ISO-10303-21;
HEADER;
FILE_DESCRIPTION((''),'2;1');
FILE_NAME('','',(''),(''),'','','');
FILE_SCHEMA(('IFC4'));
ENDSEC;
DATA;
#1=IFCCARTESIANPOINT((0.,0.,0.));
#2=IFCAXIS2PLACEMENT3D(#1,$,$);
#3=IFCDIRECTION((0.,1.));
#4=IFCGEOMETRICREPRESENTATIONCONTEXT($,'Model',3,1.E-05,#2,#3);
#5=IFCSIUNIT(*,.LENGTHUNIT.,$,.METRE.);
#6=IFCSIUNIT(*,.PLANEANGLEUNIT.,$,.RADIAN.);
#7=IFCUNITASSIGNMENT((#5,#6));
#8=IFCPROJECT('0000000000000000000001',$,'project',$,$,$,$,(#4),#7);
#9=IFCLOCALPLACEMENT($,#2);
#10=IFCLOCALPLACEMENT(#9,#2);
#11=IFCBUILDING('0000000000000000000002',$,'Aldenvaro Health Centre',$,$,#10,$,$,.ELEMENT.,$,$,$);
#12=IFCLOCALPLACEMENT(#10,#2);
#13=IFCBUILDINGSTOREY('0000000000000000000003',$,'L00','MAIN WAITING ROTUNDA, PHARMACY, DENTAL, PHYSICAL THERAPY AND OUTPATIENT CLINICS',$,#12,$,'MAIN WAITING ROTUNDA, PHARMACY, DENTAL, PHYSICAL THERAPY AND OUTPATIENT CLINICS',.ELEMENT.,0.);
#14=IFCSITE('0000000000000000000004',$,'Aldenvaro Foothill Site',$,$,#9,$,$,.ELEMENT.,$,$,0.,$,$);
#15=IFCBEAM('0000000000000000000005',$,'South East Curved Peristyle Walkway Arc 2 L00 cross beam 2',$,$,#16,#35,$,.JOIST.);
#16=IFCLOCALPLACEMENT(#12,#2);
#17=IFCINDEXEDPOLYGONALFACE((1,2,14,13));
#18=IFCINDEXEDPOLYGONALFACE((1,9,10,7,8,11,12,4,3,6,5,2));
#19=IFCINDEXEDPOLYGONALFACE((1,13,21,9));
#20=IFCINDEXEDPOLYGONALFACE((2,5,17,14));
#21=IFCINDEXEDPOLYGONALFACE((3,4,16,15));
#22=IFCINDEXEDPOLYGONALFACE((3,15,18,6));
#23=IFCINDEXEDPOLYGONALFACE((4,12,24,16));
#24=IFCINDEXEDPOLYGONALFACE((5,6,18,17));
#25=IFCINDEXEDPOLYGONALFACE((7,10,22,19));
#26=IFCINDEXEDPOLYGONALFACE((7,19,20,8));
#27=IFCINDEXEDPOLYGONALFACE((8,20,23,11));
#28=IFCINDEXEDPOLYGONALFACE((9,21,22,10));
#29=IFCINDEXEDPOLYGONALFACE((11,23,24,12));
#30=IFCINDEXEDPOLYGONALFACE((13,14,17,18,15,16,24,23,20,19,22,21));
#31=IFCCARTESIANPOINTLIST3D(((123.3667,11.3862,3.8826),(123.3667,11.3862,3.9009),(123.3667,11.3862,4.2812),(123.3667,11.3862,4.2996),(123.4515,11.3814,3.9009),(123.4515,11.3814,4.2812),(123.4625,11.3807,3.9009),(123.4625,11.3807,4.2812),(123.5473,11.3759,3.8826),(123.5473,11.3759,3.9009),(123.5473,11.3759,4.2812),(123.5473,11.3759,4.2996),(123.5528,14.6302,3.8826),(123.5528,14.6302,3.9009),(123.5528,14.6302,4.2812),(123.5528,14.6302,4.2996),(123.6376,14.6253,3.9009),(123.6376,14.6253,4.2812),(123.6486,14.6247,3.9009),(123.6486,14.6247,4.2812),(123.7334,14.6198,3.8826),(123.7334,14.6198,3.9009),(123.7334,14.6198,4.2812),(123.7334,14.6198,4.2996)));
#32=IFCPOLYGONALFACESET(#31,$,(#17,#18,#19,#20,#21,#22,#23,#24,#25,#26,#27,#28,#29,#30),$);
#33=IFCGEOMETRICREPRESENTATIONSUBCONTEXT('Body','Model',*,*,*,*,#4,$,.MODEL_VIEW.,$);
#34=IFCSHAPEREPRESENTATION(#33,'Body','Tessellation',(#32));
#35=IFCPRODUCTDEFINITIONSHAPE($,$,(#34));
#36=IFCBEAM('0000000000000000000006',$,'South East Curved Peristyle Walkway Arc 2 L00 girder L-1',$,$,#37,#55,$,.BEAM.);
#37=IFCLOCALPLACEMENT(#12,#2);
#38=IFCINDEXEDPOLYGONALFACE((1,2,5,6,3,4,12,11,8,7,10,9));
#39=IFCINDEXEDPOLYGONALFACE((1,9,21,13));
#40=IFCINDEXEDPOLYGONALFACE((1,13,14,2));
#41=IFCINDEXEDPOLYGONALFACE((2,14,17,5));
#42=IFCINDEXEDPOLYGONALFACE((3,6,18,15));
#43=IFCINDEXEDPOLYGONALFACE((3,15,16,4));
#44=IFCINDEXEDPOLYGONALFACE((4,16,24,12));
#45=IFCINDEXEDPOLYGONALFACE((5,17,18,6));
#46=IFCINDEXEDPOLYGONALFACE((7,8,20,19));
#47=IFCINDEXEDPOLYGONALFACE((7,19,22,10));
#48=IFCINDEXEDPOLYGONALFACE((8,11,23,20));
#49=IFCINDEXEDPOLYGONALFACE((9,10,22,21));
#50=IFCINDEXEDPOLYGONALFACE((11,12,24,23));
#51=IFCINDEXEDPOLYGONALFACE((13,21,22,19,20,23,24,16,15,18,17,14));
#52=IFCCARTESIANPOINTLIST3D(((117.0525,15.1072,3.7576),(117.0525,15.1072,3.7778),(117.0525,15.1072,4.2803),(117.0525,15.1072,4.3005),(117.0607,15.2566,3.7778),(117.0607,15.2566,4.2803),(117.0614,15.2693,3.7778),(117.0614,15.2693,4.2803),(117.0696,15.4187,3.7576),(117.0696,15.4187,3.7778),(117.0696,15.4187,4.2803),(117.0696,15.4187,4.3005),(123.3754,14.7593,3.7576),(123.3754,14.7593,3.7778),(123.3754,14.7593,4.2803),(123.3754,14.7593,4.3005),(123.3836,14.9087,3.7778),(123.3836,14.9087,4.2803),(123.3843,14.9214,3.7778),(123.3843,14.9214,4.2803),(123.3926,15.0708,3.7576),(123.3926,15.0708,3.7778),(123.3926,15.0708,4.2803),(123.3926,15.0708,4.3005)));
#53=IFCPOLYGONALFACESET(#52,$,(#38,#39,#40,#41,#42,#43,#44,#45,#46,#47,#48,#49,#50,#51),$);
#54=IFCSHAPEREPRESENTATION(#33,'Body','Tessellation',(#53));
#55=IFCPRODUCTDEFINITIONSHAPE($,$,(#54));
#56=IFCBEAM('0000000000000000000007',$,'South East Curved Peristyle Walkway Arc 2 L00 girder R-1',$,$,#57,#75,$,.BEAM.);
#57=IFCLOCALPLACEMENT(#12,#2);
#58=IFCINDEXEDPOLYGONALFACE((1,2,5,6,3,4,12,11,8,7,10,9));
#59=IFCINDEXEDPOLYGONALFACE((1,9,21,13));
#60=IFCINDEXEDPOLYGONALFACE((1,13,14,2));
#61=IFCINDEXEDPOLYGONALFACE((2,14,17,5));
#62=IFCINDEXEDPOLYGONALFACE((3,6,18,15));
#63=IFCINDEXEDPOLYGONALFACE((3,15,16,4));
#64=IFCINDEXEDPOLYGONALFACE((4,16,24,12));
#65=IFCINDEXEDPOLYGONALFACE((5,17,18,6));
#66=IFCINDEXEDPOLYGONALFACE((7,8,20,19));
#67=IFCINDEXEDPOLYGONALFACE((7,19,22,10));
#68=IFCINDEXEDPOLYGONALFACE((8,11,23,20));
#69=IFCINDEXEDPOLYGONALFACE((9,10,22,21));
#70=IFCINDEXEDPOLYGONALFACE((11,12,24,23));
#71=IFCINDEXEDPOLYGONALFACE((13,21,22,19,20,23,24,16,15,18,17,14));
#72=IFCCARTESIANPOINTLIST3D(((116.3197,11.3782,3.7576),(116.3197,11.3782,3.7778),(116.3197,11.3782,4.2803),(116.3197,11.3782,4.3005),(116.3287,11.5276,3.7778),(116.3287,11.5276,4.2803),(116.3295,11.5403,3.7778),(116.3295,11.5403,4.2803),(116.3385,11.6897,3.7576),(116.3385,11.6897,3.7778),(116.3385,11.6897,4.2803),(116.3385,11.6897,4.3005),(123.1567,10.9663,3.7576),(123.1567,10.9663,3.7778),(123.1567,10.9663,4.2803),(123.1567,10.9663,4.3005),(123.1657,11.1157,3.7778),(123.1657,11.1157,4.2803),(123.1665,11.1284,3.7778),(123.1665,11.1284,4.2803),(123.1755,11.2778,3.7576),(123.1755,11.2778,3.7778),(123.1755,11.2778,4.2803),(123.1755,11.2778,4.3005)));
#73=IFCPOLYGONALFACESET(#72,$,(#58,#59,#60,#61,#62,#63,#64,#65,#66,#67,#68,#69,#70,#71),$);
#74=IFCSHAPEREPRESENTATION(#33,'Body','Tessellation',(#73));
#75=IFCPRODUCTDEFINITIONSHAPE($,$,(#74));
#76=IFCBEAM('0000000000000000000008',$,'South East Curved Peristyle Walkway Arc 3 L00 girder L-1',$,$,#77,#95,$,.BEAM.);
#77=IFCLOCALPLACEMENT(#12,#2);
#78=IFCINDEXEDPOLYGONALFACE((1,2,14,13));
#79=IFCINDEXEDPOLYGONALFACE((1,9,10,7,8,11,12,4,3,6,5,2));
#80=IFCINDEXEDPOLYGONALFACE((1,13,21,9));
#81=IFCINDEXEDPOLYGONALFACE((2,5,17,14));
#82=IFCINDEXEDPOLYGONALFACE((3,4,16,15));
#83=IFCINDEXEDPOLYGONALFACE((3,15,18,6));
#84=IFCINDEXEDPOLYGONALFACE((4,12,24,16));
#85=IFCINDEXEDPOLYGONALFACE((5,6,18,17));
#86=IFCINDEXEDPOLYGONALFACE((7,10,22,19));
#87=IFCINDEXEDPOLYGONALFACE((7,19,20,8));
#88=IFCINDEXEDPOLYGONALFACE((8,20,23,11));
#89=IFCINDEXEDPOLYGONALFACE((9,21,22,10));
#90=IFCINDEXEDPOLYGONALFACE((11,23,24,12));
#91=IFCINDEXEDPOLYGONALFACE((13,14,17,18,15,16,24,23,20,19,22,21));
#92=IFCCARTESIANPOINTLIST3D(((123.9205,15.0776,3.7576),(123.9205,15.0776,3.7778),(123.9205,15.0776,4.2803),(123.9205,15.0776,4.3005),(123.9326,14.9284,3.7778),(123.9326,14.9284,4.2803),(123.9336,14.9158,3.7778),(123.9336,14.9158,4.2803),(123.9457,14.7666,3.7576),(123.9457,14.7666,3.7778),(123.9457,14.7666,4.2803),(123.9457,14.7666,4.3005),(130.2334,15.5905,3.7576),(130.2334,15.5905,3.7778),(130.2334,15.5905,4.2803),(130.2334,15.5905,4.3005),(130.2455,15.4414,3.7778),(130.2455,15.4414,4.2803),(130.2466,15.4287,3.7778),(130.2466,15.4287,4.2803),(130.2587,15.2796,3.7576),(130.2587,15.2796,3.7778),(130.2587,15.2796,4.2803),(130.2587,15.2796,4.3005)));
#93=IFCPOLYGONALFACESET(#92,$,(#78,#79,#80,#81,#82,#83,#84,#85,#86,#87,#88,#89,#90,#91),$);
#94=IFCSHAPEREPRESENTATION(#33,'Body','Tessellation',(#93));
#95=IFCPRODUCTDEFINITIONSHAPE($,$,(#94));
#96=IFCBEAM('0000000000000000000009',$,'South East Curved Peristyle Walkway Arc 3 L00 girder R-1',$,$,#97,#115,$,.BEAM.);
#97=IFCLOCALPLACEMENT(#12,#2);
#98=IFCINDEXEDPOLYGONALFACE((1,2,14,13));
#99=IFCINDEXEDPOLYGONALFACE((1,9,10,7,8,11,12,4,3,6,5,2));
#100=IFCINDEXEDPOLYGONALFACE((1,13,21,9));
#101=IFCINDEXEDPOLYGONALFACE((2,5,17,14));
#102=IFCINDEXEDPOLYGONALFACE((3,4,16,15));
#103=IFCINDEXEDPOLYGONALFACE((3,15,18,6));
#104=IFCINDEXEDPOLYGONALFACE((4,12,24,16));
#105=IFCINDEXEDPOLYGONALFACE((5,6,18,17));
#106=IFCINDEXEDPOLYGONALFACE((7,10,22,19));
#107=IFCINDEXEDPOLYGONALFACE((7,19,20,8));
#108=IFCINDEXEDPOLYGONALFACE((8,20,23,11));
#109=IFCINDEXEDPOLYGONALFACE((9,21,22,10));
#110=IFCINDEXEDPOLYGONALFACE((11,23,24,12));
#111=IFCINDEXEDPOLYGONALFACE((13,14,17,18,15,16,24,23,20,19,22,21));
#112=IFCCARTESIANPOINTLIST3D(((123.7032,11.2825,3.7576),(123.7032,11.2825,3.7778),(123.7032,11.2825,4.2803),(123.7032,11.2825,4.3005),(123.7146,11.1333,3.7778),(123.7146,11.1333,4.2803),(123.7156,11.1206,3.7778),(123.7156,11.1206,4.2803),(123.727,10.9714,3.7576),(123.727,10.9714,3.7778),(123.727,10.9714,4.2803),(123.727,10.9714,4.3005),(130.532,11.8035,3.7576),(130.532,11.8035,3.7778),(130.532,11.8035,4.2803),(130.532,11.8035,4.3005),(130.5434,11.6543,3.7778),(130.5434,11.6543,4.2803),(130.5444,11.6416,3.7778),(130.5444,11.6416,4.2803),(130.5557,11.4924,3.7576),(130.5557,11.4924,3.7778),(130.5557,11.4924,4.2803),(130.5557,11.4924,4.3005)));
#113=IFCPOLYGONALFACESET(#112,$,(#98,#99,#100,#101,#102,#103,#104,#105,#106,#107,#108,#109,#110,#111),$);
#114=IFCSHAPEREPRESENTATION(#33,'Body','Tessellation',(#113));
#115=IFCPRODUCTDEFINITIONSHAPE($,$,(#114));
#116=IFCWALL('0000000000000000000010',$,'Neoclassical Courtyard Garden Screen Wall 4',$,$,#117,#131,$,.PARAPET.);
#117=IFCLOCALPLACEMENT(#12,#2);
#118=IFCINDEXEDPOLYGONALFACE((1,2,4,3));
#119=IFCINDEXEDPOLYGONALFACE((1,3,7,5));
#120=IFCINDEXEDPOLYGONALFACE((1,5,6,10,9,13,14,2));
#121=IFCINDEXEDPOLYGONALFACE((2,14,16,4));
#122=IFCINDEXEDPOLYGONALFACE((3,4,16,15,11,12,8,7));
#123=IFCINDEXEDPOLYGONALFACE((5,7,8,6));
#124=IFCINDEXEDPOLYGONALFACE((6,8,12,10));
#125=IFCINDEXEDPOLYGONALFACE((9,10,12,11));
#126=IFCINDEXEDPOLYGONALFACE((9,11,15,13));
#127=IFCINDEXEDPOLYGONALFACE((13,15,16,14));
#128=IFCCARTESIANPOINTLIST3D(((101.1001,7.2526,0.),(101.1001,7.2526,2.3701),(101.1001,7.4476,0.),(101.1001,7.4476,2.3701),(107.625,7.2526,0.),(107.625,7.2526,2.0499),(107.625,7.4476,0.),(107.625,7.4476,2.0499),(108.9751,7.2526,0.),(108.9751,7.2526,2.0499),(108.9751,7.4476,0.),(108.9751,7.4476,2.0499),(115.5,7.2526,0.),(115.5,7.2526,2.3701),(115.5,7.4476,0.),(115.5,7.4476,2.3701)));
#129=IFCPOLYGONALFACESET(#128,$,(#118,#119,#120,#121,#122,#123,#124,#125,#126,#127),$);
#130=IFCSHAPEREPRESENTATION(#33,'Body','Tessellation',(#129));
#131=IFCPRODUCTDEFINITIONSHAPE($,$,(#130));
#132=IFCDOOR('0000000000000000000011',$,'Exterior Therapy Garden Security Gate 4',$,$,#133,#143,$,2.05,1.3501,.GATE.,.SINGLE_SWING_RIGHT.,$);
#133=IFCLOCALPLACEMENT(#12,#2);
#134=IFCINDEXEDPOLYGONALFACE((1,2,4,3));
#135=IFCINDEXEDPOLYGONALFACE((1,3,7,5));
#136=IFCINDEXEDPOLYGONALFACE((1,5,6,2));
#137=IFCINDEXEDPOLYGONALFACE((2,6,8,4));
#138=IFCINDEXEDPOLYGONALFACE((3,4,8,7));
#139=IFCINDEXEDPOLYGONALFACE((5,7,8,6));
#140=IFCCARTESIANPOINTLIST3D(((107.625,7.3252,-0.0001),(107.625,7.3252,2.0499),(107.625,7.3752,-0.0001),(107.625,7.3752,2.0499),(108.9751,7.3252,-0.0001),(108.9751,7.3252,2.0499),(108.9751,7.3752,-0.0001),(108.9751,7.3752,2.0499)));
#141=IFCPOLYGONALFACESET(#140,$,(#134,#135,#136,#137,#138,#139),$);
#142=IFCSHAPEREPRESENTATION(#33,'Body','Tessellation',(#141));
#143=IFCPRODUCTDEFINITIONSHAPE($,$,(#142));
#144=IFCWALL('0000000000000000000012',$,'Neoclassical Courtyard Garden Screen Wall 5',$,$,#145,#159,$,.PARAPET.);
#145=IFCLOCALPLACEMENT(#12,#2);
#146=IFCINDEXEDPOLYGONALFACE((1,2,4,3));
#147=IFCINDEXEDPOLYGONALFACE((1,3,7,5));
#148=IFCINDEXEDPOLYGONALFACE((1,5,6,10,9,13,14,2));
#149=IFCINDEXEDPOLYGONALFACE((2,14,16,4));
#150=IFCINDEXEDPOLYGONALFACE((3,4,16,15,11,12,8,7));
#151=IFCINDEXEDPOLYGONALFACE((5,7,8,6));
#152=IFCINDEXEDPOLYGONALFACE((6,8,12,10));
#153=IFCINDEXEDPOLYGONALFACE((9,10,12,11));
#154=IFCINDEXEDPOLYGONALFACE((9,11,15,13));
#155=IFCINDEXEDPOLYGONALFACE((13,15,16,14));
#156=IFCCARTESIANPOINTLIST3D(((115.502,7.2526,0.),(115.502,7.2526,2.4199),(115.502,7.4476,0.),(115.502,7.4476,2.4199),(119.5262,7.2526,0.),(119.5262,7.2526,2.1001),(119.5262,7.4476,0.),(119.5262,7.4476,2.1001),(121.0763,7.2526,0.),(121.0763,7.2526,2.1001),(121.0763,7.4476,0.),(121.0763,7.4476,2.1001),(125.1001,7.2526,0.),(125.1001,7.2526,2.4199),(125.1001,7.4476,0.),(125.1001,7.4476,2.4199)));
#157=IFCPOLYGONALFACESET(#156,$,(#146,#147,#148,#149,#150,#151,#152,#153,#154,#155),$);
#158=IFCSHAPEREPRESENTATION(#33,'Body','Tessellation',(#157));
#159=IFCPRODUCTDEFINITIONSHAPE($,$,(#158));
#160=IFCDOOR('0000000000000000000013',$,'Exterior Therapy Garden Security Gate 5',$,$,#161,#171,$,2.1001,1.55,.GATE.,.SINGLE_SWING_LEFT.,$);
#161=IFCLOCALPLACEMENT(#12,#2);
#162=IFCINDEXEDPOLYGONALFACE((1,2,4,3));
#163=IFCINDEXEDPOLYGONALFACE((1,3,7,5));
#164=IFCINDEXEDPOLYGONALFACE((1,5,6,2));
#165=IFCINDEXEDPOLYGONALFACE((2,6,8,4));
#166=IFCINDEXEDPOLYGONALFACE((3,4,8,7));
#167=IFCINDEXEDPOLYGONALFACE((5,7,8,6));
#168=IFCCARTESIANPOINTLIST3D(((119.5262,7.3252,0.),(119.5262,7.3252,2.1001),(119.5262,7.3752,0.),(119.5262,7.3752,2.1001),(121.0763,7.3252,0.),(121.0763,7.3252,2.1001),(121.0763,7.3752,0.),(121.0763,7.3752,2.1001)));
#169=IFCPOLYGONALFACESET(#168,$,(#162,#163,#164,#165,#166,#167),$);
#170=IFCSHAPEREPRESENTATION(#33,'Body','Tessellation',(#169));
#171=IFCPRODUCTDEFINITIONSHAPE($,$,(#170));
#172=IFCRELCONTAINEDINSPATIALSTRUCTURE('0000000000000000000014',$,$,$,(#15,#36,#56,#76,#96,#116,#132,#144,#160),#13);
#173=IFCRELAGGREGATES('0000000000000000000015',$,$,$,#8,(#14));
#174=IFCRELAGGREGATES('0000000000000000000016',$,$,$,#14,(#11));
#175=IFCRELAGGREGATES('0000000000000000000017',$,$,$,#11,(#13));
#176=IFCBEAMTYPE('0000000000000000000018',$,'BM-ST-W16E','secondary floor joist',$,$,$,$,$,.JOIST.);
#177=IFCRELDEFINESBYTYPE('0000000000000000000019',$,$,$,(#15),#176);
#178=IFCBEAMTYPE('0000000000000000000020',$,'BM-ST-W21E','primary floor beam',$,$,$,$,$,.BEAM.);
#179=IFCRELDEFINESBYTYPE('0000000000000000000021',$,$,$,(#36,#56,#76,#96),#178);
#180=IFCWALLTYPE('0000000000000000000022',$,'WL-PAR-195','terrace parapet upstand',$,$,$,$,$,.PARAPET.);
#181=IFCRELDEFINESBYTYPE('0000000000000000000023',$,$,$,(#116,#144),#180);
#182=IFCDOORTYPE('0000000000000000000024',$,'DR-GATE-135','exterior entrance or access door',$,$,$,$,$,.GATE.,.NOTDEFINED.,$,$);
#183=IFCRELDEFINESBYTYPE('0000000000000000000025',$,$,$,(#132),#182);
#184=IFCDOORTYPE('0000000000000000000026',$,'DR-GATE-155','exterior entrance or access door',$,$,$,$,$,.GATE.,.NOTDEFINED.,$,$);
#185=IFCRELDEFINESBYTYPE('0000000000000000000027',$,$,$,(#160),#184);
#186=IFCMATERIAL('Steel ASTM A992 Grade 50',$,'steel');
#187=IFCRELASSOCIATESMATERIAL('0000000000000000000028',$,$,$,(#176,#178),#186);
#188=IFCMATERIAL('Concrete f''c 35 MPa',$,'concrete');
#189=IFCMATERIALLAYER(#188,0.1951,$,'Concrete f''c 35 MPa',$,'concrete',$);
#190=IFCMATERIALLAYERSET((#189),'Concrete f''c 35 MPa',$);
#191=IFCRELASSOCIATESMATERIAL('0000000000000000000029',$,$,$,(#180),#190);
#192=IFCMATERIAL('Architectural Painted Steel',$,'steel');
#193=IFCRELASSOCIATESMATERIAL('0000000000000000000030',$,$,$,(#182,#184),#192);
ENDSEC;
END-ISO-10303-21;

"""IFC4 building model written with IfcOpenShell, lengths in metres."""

from ifc_helpers import new_model, si_unit, direction, frame, frame_2d, origin, origin_2d, place, context, subcontext, project, spatial, rectangle, i_section, extrude, material, layer, layer_set, material_profile, profile_set, type_object, element, fill, save


model = new_model("IFC4")

# Units and contexts
model_context = context("Model", 3, precision=1e-05, world=origin(), true_north=direction((0.0, 1.0)))
body_context = subcontext(model_context, "Body", "Model", "MODEL_VIEW")
ifc_project = project(units=[si_unit("LENGTHUNIT", "METRE"), si_unit("PLANEANGLEUNIT", "RADIAN")], contexts=[model_context])

# Site, building, storey
site_placement = place(None, origin())
site = spatial("IfcSite", under=ifc_project, at=site_placement, Name="Aldenvaro Foothill Site", CompositionType="ELEMENT", RefElevation=0.0)
building_placement = place(site_placement, origin())
building = spatial("IfcBuilding", under=site, at=building_placement, Name="Aldenvaro Health Centre", CompositionType="ELEMENT")
storey_placement = place(building_placement, origin())
storey = spatial("IfcBuildingStorey", under=building, at=storey_placement, Name="L00", Description="MAIN WAITING ROTUNDA, PHARMACY, DENTAL, PHYSICAL THERAPY AND OUTPATIENT CLINICS", LongName="MAIN WAITING ROTUNDA, PHARMACY, DENTAL, PHYSICAL THERAPY AND OUTPATIENT CLINICS", CompositionType="ELEMENT", Elevation=0.0)

# Beams
ifc_material_1 = material(Name="Steel ASTM A992 Grade 50", Category="steel")
ifc_material_profile_1 = material_profile(ifc_material_1, i_section(OverallWidth=0.1809, OverallDepth=0.417, WebThickness=0.011, FlangeThickness=0.0183, at=origin_2d()), Name="W16X57", Category="steel")
ifc_profile_set_1 = profile_set([ifc_material_profile_1], Name="Steel ASTM A992 Grade 50")
beam_type_1 = type_object("IfcBeamType", Name="BM-ST-W16E", Description="secondary floor joist", PredefinedType="JOIST", material=ifc_profile_set_1)
beam_1_placement = place(storey_placement, frame((123.6431, 14.625, 4.0911), z_axis=(-0.057255, -0.99836, 0.0), x_axis=(0.99836, -0.057255, 0.0)))
element("IfcBeam", 1, at=beam_1_placement, inside=storey, type_object=beam_type_1, Name="South East Curved Peristyle Walkway Arc 2 L00 cross beam 2", PredefinedType="JOIST", context=body_context, shape_type="SweptSolid", body=[
    extrude(i_section(OverallWidth=0.1809, OverallDepth=0.417, WebThickness=0.011, FlangeThickness=0.0183, at=origin_2d()), origin(), (0.0, 0.0, 1.0), 3.2493),
])
ifc_material_profile_2 = material_profile(ifc_material_1, i_section(OverallWidth=0.312, OverallDepth=0.543, WebThickness=0.0127, FlangeThickness=0.0203, at=origin_2d()), Name="W21X101", Category="steel")
ifc_profile_set_2 = profile_set([ifc_material_profile_2], Name="Steel ASTM A992 Grade 50")
beam_type_2 = type_object("IfcBeamType", Name="BM-ST-W21E", Description="primary floor beam", PredefinedType="BEAM", material=ifc_profile_set_2)
beam_2_placement = place(storey_placement, frame((117.061, 15.2629, 4.0291), z_axis=(0.99849, -0.054938, 0.0), x_axis=(0.054938, 0.99849, 0.0)))
element("IfcBeam", 2, at=beam_2_placement, inside=storey, type_object=beam_type_2, Name="South East Curved Peristyle Walkway Arc 2 L00 girder L-1", PredefinedType="BEAM", context=body_context, shape_type="SweptSolid", body=[
    extrude(i_section(OverallWidth=0.312, OverallDepth=0.543, WebThickness=0.0127, FlangeThickness=0.0203, at=origin_2d()), origin(), (0.0, 0.0, 1.0), 6.3325),
])
beam_3_placement = place(storey_placement, frame((116.3291, 11.5339, 4.0291), z_axis=(0.99819, -0.060132, 0.0), x_axis=(0.060132, 0.99819, 0.0)))
element("IfcBeam", 3, at=beam_3_placement, inside=storey, type_object=beam_type_2, Name="South East Curved Peristyle Walkway Arc 2 L00 girder R-1", PredefinedType="BEAM", context=body_context, shape_type="SweptSolid", body=[
    extrude(i_section(OverallWidth=0.312, OverallDepth=0.543, WebThickness=0.0127, FlangeThickness=0.0203, at=origin_2d()), origin(), (0.0, 0.0, 1.0), 6.8494),
])
beam_4_placement = place(storey_placement, frame((123.9331, 14.9221, 4.0291), z_axis=(0.996715, 0.080985, 0.0), x_axis=(-0.080985, 0.996715, 0.0)))
element("IfcBeam", 4, at=beam_4_placement, inside=storey, type_object=beam_type_2, Name="South East Curved Peristyle Walkway Arc 3 L00 girder L-1", PredefinedType="BEAM", context=body_context, shape_type="SweptSolid", body=[
    extrude(i_section(OverallWidth=0.312, OverallDepth=0.543, WebThickness=0.0127, FlangeThickness=0.0203, at=origin_2d()), origin(), (0.0, 0.0, 1.0), 6.3337),
])
beam_5_placement = place(storey_placement, frame((123.7151, 11.127, 4.0291), z_axis=(0.997102, 0.076072, 0.0), x_axis=(-0.076072, 0.997102, 0.0)))
element("IfcBeam", 5, at=beam_5_placement, inside=storey, type_object=beam_type_2, Name="South East Curved Peristyle Walkway Arc 3 L00 girder R-1", PredefinedType="BEAM", context=body_context, shape_type="SweptSolid", body=[
    extrude(i_section(OverallWidth=0.312, OverallDepth=0.543, WebThickness=0.0127, FlangeThickness=0.0203, at=origin_2d()), origin(), (0.0, 0.0, 1.0), 6.8486),
])

# Walls, openings, doors
ifc_material_2 = material(Name="Concrete f'c 35 MPa", Category="concrete")
ifc_layer_1 = layer(ifc_material_2, 0.1951, Name="Concrete f'c 35 MPa", Category="concrete")
ifc_layer_set_1 = layer_set([ifc_layer_1], Name="Concrete f'c 35 MPa")
wall_type = type_object("IfcWallType", Name="WL-PAR-195", Description="terrace parapet upstand", PredefinedType="PARAPET", material=ifc_layer_set_1)
wall_1_placement = place(storey_placement, frame((115.5, 7.3501, 0.0), z_axis=(0.0, 0.0, 1.0), x_axis=(-1.0, 0.0, 0.0)))
wall_1 = element("IfcWall", 6, at=wall_1_placement, inside=storey, type_object=wall_type, Name="Neoclassical Courtyard Garden Screen Wall 4", PredefinedType="PARAPET", context=body_context, shape_type="SweptSolid", body=[
    extrude(rectangle(XDim=14.3999, YDim=0.1951, at=frame_2d((7.2, 0.0))), origin(), (0.0, 0.0, 1.0), 2.3701),
])
opening_1_placement = place(wall_1_placement, frame((6.5249, 0.0, 0.0)))
opening_1 = element("IfcOpeningElement", 7, at=opening_1_placement, cuts=wall_1, PredefinedType="OPENING", context=body_context, shape_type="SweptSolid", body=[
    extrude(rectangle(XDim=1.3501, YDim=2.05, at=frame_2d((0.675, 1.0249))), frame((0.0, 0.1074, 0.0), z_axis=(0.0, -1.0, 0.0), x_axis=(1.0, 0.0, 0.0)), (0.0, 0.0, 1.0), 0.2151),
])
ifc_material_3 = material(Name="Architectural Painted Steel", Category="steel")
door_type_1 = type_object("IfcDoorType", Name="DR-GATE-135", Description="exterior entrance or access door", OperationType="NOTDEFINED", PredefinedType="GATE", material=ifc_material_3)
door_1_placement = place(opening_1_placement, origin())
door_1 = element("IfcDoor", 8, at=door_1_placement, inside=storey, type_object=door_type_1, Name="Exterior Therapy Garden Security Gate 4", OperationType="SINGLE_SWING_RIGHT", OverallHeight=2.05, OverallWidth=1.3501, PredefinedType="GATE", context=body_context, shape_type="SweptSolid", body=[
    extrude(rectangle(XDim=1.3501, YDim=2.05, at=frame_2d((0.675, 1.0249))), frame((0.0, 0.0249, 0.0), z_axis=(0.0, -1.0, 0.0), x_axis=(1.0, 0.0, 0.0)), (0.0, 0.0, 1.0), 0.05),
])
fill(opening_1, door_1)
wall_2_placement = place(storey_placement, frame((125.1001, 7.3501, 0.0), z_axis=(0.0, 0.0, 1.0), x_axis=(-1.0, 0.0, 0.0)))
wall_2 = element("IfcWall", 9, at=wall_2_placement, inside=storey, type_object=wall_type, Name="Neoclassical Courtyard Garden Screen Wall 5", PredefinedType="PARAPET", context=body_context, shape_type="SweptSolid", body=[
    extrude(rectangle(XDim=9.5981, YDim=0.1951, at=frame_2d((4.7991, 0.0))), origin(), (0.0, 0.0, 1.0), 2.4199),
])
opening_2_placement = place(wall_2_placement, frame((4.0239, 0.0, 0.0)))
opening_2 = element("IfcOpeningElement", 10, at=opening_2_placement, cuts=wall_2, PredefinedType="OPENING", context=body_context, shape_type="SweptSolid", body=[
    extrude(rectangle(XDim=1.55, YDim=2.1001, at=frame_2d((0.7749, 1.05))), frame((0.0, 0.1074, 0.0), z_axis=(0.0, -1.0, 0.0), x_axis=(1.0, 0.0, 0.0)), (0.0, 0.0, 1.0), 0.2151),
])
door_type_2 = type_object("IfcDoorType", Name="DR-GATE-155", Description="exterior entrance or access door", OperationType="NOTDEFINED", PredefinedType="GATE", material=ifc_material_3)
door_2_placement = place(opening_2_placement, origin())
door_2 = element("IfcDoor", 11, at=door_2_placement, inside=storey, type_object=door_type_2, Name="Exterior Therapy Garden Security Gate 5", OperationType="SINGLE_SWING_LEFT", OverallHeight=2.1001, OverallWidth=1.55, PredefinedType="GATE", context=body_context, shape_type="SweptSolid", body=[
    extrude(rectangle(XDim=1.55, YDim=2.1001, at=frame_2d((0.7749, 1.05))), frame((0.0, 0.0249, 0.0), z_axis=(0.0, -1.0, 0.0), x_axis=(1.0, 0.0, 0.0)), (0.0, 0.0, 1.0), 0.05),
])
fill(opening_2, door_2)

save(model, "model.ifc")
